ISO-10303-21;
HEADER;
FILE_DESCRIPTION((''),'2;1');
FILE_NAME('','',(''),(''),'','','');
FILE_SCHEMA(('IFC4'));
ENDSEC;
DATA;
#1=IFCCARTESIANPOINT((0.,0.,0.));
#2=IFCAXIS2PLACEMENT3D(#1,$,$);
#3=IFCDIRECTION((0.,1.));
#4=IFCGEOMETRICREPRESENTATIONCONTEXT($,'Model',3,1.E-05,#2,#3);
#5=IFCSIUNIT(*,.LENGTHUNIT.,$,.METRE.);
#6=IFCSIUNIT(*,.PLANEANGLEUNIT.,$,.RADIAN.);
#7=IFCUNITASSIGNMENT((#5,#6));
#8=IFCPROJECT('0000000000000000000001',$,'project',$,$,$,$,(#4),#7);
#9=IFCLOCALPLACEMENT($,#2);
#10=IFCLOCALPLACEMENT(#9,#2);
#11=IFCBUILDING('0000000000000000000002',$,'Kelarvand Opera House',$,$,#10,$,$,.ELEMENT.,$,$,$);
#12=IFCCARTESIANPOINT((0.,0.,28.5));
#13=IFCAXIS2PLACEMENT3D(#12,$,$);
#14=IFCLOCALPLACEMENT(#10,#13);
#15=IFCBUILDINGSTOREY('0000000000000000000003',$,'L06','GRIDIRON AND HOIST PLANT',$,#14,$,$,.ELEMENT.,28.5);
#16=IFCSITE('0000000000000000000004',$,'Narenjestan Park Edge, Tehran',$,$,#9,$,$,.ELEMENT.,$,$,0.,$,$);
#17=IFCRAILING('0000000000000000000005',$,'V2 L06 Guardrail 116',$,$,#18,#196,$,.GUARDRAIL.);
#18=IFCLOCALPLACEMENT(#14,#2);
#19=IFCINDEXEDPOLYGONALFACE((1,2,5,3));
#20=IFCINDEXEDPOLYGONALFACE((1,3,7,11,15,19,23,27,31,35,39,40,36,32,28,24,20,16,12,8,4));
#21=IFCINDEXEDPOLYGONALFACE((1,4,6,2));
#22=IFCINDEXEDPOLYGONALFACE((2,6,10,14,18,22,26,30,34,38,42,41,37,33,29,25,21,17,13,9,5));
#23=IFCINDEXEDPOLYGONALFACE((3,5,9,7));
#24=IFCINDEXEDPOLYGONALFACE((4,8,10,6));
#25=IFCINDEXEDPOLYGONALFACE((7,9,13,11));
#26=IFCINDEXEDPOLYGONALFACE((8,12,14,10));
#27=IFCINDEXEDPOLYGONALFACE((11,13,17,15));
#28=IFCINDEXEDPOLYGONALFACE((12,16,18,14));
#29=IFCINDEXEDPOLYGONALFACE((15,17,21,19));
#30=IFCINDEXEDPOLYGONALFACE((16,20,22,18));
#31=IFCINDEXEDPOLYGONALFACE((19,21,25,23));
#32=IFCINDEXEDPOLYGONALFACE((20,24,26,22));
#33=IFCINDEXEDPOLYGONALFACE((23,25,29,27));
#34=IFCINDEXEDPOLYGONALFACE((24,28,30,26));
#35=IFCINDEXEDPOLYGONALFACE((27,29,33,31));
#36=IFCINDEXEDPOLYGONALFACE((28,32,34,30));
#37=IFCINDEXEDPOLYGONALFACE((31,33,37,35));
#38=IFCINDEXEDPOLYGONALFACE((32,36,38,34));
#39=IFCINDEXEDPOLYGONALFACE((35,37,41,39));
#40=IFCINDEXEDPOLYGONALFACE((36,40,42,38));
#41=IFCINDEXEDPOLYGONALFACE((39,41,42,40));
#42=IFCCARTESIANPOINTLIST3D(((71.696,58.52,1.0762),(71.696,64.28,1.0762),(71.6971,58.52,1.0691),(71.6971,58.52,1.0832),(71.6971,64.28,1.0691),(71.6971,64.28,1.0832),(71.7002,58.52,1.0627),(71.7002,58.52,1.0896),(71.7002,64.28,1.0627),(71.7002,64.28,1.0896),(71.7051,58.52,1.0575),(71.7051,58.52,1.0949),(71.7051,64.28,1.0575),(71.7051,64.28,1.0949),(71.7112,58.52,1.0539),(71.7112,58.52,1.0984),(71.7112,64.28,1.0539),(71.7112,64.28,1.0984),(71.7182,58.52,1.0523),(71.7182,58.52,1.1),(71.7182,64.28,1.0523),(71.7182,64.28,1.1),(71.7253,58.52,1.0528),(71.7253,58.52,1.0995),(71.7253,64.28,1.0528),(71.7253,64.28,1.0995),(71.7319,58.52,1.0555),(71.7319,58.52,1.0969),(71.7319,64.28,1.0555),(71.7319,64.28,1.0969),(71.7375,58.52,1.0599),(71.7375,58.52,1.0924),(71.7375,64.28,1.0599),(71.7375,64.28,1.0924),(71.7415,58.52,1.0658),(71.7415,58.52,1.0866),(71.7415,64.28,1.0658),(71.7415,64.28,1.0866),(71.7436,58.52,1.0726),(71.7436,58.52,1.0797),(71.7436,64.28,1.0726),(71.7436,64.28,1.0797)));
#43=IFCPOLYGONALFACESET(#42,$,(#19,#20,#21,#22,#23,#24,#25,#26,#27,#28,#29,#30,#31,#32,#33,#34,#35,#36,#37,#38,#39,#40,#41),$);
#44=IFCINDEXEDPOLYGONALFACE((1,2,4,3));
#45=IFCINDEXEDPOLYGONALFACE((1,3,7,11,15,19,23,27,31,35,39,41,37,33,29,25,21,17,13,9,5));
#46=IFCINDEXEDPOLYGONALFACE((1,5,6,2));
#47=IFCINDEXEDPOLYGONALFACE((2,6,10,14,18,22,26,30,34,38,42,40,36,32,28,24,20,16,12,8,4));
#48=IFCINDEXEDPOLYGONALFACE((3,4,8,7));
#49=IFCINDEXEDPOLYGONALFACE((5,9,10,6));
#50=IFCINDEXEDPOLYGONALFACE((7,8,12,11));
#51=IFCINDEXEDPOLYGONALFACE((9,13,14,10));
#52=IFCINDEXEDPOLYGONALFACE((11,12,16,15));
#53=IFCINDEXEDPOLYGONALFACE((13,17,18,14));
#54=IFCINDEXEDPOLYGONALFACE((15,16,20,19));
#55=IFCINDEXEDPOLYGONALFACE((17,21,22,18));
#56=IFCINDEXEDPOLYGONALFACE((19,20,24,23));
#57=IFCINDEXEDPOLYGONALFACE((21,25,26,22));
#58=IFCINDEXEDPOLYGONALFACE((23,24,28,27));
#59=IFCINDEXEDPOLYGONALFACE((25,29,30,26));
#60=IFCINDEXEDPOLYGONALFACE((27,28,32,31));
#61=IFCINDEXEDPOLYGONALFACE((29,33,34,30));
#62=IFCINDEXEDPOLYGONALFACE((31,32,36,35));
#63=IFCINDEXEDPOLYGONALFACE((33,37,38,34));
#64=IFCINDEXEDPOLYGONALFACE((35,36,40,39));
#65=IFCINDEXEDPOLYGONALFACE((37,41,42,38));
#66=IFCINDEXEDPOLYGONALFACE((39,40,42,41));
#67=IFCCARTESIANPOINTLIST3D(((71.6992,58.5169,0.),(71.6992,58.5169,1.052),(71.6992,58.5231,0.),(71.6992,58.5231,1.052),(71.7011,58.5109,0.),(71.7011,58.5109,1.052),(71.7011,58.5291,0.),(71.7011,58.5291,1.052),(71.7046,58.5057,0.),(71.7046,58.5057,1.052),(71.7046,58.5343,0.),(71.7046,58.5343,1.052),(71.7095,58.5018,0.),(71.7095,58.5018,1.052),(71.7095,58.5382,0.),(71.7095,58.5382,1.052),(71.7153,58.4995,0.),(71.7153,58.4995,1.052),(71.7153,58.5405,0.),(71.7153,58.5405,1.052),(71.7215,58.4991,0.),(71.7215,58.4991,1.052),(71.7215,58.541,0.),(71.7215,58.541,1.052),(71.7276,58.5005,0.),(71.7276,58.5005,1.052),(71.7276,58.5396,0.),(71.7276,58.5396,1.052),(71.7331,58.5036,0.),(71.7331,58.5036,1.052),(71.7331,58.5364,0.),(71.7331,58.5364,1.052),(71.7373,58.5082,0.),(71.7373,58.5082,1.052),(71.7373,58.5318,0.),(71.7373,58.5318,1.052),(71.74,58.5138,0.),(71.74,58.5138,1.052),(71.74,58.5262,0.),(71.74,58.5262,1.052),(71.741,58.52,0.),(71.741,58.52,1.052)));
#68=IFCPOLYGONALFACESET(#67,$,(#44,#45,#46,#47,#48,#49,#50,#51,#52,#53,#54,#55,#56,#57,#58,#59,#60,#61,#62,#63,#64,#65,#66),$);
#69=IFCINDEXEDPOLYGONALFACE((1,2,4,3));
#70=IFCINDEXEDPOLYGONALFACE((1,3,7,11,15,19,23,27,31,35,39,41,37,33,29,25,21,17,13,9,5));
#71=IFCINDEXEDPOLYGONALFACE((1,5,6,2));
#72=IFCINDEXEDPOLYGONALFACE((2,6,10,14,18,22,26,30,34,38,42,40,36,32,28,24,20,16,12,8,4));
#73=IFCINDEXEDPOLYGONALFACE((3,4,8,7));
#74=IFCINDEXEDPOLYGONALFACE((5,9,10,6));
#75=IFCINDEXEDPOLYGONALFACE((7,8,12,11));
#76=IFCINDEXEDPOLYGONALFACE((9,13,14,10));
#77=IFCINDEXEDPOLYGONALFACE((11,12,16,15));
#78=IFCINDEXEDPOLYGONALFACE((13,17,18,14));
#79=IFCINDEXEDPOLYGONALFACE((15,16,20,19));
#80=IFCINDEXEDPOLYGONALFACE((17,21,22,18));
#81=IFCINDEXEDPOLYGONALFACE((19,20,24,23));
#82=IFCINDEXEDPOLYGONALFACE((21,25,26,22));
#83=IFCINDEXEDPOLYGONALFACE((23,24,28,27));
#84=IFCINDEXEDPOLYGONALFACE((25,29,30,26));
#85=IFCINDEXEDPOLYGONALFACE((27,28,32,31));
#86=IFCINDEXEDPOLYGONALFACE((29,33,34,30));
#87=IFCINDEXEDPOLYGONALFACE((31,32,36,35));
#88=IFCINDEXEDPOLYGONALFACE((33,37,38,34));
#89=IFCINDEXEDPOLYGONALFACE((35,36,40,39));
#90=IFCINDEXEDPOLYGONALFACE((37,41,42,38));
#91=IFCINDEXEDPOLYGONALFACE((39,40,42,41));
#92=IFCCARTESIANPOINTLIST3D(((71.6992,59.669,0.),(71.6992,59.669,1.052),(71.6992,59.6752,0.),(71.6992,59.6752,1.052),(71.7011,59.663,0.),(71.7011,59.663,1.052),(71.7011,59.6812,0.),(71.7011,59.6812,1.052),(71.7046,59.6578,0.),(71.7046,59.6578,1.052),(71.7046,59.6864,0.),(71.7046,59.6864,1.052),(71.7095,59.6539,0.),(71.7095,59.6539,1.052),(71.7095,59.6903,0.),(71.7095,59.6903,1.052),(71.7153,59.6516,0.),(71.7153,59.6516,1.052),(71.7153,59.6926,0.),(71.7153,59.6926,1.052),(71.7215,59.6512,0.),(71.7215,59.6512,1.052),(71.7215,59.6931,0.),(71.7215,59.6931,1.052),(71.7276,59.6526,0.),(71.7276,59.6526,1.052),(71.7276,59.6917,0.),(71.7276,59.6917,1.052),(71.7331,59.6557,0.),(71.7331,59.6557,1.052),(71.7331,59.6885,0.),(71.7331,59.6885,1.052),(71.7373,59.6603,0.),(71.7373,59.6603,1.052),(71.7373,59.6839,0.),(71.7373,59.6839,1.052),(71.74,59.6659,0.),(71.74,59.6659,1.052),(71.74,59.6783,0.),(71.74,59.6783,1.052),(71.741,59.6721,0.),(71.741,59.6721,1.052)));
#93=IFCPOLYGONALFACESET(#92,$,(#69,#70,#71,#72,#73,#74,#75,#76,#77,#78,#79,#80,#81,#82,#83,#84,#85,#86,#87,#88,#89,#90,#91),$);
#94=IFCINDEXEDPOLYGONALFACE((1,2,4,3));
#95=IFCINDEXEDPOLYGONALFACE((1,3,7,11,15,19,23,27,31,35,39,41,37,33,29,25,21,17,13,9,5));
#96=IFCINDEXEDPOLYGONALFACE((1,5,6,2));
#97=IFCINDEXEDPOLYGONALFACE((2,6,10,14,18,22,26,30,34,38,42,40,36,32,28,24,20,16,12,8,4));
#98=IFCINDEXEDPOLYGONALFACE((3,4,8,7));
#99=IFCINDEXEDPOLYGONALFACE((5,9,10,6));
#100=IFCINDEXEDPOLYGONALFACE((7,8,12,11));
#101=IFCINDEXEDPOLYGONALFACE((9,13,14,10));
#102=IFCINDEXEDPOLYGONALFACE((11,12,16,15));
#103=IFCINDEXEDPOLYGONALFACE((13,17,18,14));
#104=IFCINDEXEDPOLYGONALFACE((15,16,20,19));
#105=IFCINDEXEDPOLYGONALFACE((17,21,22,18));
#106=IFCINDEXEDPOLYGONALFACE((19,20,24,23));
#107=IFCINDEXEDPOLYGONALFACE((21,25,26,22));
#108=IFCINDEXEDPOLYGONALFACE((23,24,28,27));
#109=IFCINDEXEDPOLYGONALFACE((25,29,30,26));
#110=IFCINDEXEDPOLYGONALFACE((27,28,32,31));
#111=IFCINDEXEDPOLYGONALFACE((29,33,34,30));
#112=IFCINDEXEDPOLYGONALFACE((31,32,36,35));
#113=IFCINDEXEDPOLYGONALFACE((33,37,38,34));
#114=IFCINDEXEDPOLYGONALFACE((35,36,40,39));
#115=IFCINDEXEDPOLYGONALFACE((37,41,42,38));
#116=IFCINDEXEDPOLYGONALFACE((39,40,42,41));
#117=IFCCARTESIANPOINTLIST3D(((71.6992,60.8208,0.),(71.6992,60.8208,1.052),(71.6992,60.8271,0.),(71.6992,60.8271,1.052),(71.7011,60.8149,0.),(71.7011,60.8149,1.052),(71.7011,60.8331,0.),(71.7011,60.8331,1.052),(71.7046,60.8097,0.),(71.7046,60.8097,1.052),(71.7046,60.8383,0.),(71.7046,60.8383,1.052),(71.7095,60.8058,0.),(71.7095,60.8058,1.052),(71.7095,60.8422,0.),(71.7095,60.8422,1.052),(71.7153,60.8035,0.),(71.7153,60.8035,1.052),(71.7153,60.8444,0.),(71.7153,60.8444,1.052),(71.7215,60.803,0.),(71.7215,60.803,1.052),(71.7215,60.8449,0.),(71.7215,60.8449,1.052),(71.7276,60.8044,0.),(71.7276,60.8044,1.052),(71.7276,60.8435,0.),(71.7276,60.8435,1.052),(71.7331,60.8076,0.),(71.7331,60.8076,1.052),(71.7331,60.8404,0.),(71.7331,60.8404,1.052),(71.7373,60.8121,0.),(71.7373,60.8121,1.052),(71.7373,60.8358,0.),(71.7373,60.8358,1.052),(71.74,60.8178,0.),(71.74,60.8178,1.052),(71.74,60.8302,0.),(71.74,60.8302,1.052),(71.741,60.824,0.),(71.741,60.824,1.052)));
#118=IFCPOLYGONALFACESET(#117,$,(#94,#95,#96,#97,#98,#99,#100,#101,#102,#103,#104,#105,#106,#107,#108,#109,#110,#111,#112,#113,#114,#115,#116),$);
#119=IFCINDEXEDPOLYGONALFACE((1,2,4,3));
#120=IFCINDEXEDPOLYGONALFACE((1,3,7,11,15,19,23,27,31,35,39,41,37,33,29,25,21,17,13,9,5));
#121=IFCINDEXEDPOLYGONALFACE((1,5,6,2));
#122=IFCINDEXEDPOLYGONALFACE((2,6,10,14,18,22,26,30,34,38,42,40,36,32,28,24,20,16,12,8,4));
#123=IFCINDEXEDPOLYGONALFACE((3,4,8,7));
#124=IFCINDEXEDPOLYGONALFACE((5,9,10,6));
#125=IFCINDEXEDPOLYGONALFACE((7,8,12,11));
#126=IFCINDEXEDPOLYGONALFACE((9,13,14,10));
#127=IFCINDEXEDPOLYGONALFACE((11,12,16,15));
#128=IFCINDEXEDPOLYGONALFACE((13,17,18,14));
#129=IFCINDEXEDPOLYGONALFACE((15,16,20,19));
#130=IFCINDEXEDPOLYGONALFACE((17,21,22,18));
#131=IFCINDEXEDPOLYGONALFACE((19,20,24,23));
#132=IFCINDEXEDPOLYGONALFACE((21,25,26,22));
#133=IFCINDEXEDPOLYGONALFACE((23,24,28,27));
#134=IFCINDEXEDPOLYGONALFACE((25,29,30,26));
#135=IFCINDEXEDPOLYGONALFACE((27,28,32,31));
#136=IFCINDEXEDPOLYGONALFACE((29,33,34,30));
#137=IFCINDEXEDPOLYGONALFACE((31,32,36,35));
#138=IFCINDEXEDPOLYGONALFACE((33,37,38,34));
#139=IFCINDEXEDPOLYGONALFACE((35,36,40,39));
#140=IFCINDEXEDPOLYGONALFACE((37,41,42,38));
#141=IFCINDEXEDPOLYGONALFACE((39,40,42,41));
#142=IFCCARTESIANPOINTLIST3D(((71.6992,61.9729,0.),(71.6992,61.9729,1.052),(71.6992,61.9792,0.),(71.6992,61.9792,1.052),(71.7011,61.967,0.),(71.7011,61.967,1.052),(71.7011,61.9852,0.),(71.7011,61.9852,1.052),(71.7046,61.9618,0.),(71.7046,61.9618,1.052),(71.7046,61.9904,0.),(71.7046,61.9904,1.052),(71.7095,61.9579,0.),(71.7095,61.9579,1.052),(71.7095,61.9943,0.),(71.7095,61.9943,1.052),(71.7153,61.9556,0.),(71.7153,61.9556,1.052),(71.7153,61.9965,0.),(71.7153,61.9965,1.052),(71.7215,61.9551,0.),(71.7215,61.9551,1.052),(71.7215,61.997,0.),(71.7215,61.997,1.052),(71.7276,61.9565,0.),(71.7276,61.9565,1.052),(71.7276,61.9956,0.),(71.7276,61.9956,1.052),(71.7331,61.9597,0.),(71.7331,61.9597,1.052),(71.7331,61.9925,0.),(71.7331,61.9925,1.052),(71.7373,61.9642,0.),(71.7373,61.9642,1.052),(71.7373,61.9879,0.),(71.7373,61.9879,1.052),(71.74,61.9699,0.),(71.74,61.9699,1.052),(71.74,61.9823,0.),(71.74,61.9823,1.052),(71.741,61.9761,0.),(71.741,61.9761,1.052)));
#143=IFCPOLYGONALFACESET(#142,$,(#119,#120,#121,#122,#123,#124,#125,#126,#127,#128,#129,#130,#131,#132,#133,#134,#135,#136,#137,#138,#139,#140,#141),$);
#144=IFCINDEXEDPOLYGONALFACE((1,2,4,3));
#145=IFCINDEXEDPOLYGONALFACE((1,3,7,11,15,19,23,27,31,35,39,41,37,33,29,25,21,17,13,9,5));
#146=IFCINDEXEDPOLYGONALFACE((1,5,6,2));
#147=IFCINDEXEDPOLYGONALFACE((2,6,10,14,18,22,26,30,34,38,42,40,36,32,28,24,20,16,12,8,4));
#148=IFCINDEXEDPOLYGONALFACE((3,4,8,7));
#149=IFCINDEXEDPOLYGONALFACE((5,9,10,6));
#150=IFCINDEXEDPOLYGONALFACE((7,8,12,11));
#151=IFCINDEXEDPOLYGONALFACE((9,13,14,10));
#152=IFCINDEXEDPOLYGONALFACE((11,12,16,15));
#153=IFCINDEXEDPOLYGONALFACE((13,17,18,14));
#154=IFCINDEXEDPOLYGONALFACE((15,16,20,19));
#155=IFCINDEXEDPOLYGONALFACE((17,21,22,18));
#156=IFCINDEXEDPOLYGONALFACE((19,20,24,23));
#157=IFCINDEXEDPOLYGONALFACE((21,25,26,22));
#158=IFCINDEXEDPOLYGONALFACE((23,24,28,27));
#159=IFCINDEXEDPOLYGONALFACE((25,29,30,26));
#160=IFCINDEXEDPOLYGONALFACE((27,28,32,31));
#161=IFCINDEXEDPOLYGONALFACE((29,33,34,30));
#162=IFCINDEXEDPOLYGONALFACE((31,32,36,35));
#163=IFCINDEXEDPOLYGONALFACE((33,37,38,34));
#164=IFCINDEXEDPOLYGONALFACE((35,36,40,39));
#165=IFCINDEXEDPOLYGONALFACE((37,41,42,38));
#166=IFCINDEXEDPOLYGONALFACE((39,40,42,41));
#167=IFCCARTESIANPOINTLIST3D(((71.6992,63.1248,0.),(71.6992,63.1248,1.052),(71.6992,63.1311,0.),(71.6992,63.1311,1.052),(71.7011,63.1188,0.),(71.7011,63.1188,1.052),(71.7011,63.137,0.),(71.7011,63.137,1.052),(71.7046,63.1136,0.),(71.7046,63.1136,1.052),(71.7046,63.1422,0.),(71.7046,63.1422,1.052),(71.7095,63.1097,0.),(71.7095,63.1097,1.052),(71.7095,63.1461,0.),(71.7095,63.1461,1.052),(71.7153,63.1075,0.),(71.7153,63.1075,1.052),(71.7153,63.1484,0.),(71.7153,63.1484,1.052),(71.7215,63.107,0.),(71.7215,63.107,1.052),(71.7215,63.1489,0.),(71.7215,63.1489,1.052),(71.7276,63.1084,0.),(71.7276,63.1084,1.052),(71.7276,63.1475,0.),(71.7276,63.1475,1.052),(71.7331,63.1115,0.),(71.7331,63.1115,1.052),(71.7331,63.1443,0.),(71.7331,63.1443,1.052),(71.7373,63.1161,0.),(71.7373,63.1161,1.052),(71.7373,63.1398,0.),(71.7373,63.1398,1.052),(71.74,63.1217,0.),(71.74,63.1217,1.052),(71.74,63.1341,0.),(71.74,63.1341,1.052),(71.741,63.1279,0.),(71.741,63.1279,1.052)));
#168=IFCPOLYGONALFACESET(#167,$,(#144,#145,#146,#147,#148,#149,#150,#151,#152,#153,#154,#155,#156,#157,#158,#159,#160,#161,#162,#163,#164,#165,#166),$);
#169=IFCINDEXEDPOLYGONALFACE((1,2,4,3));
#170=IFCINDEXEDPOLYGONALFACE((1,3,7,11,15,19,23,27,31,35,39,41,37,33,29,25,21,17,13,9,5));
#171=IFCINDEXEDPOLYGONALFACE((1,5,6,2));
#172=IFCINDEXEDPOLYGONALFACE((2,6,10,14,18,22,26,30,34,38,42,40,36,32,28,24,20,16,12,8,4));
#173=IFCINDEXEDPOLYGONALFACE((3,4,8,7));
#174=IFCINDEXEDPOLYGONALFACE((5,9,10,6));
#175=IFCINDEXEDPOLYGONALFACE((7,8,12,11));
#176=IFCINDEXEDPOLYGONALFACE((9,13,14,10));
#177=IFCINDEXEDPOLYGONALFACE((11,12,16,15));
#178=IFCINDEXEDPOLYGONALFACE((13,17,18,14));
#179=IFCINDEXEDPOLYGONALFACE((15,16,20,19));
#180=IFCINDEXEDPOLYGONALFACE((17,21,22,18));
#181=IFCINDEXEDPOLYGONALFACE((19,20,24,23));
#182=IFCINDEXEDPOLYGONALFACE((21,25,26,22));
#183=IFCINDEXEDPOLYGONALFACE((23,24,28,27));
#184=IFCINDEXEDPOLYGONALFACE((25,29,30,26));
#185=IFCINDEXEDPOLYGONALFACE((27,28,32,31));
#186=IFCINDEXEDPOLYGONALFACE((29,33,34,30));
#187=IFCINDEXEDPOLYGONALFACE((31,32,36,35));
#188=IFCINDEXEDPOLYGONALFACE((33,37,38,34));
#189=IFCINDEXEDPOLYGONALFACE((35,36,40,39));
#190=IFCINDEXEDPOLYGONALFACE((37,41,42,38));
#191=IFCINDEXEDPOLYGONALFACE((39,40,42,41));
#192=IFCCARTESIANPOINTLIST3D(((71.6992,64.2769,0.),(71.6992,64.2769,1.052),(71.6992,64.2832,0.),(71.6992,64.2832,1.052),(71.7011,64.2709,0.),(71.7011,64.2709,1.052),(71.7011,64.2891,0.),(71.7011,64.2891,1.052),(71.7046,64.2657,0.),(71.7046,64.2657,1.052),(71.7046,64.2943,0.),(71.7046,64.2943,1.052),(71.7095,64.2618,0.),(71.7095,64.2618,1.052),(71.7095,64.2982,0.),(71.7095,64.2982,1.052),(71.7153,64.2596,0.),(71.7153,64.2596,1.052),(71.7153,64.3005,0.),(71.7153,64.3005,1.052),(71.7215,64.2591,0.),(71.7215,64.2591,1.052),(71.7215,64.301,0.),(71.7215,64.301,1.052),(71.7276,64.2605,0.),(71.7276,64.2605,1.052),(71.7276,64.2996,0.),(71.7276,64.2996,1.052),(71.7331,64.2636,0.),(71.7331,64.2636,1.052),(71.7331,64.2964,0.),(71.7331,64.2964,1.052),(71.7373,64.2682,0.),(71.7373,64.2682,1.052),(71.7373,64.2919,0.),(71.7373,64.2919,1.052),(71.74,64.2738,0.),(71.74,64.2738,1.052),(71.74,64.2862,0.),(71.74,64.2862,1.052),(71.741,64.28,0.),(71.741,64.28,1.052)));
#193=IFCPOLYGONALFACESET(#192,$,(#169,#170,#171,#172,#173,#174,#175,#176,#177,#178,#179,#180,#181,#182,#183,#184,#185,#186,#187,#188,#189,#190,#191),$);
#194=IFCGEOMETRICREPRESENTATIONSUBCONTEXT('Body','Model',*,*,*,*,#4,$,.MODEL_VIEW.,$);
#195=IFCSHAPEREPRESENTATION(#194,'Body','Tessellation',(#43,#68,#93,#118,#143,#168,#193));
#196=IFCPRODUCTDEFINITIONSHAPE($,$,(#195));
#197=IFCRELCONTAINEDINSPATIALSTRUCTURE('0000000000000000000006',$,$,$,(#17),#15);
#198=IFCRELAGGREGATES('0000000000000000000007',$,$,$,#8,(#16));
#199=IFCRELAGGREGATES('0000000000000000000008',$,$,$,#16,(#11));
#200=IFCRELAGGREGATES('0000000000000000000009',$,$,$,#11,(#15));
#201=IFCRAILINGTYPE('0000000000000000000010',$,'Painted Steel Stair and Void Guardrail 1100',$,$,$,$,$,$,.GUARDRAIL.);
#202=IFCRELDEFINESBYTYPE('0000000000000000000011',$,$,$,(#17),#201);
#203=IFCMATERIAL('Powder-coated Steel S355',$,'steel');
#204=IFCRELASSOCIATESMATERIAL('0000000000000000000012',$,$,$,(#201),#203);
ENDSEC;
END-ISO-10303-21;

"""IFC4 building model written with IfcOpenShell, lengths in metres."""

from ifc_helpers import new_model, si_unit, direction, frame, origin, origin_2d, place, context, subcontext, project, spatial, circle, extrude, material, type_object, element, save


model = new_model("IFC4")

# Units and contexts
model_context = context("Model", 3, precision=1e-05, world=origin(), true_north=direction((0.0, 1.0)))
body_context = subcontext(model_context, "Body", "Model", "MODEL_VIEW")
ifc_project = project(units=[si_unit("LENGTHUNIT", "METRE"), si_unit("PLANEANGLEUNIT", "RADIAN")], contexts=[model_context])

# Site, building, storey
site_placement = place(None, origin())
site = spatial("IfcSite", under=ifc_project, at=site_placement, Name="Narenjestan Park Edge, Tehran", CompositionType="ELEMENT", RefElevation=0.0)
building_placement = place(site_placement, origin())
building = spatial("IfcBuilding", under=site, at=building_placement, Name="Kelarvand Opera House", CompositionType="ELEMENT")
storey_placement = place(building_placement, frame((0.0, 0.0, 28.5)))
storey = spatial("IfcBuildingStorey", under=building, at=storey_placement, Name="L06", Description="GRIDIRON AND HOIST PLANT", CompositionType="ELEMENT", Elevation=28.5)

# Railing
ifc_material_1 = material(Name="Powder-coated Steel S355", Category="steel")
railing_type = type_object("IfcRailingType", Name="Painted Steel Stair and Void Guardrail 1100", PredefinedType="GUARDRAIL", material=ifc_material_1)
railing_1_placement = place(storey_placement, frame((71.72, 58.52, 0.0)))
element("IfcRailing", 1, at=railing_1_placement, inside=storey, type_object=railing_type, Name="V2 L06 Guardrail 116", PredefinedType="GUARDRAIL", context=body_context, shape_type="SweptSolid", body=[
    extrude(circle(Radius=0.0239, at=origin_2d()), frame((0.0, 0.0, 1.0762), z_axis=(0.0, 1.0, 0.0), x_axis=(-1.0, 0.0, 0.0)), (0.0, 0.0, 1.0), 5.76),
    extrude(circle(Radius=0.021, at=origin_2d()), origin(), (0.0, 0.0, 1.0), 1.052),
    extrude(circle(Radius=0.021, at=origin_2d()), frame((0.0, 1.1521, 0.0)), (0.0, 0.0, 1.0), 1.052),
    extrude(circle(Radius=0.021, at=origin_2d()), frame((0.0, 2.304, 0.0)), (0.0, 0.0, 1.0), 1.052),
    extrude(circle(Radius=0.021, at=origin_2d()), frame((0.0, 3.4561, 0.0)), (0.0, 0.0, 1.0), 1.052),
    extrude(circle(Radius=0.021, at=origin_2d()), frame((0.0, 4.6079, 0.0)), (0.0, 0.0, 1.0), 1.052),
    extrude(circle(Radius=0.021, at=origin_2d()), frame((0.0, 5.76, 0.0)), (0.0, 0.0, 1.0), 1.052),
])

save(model, "model.ifc")
